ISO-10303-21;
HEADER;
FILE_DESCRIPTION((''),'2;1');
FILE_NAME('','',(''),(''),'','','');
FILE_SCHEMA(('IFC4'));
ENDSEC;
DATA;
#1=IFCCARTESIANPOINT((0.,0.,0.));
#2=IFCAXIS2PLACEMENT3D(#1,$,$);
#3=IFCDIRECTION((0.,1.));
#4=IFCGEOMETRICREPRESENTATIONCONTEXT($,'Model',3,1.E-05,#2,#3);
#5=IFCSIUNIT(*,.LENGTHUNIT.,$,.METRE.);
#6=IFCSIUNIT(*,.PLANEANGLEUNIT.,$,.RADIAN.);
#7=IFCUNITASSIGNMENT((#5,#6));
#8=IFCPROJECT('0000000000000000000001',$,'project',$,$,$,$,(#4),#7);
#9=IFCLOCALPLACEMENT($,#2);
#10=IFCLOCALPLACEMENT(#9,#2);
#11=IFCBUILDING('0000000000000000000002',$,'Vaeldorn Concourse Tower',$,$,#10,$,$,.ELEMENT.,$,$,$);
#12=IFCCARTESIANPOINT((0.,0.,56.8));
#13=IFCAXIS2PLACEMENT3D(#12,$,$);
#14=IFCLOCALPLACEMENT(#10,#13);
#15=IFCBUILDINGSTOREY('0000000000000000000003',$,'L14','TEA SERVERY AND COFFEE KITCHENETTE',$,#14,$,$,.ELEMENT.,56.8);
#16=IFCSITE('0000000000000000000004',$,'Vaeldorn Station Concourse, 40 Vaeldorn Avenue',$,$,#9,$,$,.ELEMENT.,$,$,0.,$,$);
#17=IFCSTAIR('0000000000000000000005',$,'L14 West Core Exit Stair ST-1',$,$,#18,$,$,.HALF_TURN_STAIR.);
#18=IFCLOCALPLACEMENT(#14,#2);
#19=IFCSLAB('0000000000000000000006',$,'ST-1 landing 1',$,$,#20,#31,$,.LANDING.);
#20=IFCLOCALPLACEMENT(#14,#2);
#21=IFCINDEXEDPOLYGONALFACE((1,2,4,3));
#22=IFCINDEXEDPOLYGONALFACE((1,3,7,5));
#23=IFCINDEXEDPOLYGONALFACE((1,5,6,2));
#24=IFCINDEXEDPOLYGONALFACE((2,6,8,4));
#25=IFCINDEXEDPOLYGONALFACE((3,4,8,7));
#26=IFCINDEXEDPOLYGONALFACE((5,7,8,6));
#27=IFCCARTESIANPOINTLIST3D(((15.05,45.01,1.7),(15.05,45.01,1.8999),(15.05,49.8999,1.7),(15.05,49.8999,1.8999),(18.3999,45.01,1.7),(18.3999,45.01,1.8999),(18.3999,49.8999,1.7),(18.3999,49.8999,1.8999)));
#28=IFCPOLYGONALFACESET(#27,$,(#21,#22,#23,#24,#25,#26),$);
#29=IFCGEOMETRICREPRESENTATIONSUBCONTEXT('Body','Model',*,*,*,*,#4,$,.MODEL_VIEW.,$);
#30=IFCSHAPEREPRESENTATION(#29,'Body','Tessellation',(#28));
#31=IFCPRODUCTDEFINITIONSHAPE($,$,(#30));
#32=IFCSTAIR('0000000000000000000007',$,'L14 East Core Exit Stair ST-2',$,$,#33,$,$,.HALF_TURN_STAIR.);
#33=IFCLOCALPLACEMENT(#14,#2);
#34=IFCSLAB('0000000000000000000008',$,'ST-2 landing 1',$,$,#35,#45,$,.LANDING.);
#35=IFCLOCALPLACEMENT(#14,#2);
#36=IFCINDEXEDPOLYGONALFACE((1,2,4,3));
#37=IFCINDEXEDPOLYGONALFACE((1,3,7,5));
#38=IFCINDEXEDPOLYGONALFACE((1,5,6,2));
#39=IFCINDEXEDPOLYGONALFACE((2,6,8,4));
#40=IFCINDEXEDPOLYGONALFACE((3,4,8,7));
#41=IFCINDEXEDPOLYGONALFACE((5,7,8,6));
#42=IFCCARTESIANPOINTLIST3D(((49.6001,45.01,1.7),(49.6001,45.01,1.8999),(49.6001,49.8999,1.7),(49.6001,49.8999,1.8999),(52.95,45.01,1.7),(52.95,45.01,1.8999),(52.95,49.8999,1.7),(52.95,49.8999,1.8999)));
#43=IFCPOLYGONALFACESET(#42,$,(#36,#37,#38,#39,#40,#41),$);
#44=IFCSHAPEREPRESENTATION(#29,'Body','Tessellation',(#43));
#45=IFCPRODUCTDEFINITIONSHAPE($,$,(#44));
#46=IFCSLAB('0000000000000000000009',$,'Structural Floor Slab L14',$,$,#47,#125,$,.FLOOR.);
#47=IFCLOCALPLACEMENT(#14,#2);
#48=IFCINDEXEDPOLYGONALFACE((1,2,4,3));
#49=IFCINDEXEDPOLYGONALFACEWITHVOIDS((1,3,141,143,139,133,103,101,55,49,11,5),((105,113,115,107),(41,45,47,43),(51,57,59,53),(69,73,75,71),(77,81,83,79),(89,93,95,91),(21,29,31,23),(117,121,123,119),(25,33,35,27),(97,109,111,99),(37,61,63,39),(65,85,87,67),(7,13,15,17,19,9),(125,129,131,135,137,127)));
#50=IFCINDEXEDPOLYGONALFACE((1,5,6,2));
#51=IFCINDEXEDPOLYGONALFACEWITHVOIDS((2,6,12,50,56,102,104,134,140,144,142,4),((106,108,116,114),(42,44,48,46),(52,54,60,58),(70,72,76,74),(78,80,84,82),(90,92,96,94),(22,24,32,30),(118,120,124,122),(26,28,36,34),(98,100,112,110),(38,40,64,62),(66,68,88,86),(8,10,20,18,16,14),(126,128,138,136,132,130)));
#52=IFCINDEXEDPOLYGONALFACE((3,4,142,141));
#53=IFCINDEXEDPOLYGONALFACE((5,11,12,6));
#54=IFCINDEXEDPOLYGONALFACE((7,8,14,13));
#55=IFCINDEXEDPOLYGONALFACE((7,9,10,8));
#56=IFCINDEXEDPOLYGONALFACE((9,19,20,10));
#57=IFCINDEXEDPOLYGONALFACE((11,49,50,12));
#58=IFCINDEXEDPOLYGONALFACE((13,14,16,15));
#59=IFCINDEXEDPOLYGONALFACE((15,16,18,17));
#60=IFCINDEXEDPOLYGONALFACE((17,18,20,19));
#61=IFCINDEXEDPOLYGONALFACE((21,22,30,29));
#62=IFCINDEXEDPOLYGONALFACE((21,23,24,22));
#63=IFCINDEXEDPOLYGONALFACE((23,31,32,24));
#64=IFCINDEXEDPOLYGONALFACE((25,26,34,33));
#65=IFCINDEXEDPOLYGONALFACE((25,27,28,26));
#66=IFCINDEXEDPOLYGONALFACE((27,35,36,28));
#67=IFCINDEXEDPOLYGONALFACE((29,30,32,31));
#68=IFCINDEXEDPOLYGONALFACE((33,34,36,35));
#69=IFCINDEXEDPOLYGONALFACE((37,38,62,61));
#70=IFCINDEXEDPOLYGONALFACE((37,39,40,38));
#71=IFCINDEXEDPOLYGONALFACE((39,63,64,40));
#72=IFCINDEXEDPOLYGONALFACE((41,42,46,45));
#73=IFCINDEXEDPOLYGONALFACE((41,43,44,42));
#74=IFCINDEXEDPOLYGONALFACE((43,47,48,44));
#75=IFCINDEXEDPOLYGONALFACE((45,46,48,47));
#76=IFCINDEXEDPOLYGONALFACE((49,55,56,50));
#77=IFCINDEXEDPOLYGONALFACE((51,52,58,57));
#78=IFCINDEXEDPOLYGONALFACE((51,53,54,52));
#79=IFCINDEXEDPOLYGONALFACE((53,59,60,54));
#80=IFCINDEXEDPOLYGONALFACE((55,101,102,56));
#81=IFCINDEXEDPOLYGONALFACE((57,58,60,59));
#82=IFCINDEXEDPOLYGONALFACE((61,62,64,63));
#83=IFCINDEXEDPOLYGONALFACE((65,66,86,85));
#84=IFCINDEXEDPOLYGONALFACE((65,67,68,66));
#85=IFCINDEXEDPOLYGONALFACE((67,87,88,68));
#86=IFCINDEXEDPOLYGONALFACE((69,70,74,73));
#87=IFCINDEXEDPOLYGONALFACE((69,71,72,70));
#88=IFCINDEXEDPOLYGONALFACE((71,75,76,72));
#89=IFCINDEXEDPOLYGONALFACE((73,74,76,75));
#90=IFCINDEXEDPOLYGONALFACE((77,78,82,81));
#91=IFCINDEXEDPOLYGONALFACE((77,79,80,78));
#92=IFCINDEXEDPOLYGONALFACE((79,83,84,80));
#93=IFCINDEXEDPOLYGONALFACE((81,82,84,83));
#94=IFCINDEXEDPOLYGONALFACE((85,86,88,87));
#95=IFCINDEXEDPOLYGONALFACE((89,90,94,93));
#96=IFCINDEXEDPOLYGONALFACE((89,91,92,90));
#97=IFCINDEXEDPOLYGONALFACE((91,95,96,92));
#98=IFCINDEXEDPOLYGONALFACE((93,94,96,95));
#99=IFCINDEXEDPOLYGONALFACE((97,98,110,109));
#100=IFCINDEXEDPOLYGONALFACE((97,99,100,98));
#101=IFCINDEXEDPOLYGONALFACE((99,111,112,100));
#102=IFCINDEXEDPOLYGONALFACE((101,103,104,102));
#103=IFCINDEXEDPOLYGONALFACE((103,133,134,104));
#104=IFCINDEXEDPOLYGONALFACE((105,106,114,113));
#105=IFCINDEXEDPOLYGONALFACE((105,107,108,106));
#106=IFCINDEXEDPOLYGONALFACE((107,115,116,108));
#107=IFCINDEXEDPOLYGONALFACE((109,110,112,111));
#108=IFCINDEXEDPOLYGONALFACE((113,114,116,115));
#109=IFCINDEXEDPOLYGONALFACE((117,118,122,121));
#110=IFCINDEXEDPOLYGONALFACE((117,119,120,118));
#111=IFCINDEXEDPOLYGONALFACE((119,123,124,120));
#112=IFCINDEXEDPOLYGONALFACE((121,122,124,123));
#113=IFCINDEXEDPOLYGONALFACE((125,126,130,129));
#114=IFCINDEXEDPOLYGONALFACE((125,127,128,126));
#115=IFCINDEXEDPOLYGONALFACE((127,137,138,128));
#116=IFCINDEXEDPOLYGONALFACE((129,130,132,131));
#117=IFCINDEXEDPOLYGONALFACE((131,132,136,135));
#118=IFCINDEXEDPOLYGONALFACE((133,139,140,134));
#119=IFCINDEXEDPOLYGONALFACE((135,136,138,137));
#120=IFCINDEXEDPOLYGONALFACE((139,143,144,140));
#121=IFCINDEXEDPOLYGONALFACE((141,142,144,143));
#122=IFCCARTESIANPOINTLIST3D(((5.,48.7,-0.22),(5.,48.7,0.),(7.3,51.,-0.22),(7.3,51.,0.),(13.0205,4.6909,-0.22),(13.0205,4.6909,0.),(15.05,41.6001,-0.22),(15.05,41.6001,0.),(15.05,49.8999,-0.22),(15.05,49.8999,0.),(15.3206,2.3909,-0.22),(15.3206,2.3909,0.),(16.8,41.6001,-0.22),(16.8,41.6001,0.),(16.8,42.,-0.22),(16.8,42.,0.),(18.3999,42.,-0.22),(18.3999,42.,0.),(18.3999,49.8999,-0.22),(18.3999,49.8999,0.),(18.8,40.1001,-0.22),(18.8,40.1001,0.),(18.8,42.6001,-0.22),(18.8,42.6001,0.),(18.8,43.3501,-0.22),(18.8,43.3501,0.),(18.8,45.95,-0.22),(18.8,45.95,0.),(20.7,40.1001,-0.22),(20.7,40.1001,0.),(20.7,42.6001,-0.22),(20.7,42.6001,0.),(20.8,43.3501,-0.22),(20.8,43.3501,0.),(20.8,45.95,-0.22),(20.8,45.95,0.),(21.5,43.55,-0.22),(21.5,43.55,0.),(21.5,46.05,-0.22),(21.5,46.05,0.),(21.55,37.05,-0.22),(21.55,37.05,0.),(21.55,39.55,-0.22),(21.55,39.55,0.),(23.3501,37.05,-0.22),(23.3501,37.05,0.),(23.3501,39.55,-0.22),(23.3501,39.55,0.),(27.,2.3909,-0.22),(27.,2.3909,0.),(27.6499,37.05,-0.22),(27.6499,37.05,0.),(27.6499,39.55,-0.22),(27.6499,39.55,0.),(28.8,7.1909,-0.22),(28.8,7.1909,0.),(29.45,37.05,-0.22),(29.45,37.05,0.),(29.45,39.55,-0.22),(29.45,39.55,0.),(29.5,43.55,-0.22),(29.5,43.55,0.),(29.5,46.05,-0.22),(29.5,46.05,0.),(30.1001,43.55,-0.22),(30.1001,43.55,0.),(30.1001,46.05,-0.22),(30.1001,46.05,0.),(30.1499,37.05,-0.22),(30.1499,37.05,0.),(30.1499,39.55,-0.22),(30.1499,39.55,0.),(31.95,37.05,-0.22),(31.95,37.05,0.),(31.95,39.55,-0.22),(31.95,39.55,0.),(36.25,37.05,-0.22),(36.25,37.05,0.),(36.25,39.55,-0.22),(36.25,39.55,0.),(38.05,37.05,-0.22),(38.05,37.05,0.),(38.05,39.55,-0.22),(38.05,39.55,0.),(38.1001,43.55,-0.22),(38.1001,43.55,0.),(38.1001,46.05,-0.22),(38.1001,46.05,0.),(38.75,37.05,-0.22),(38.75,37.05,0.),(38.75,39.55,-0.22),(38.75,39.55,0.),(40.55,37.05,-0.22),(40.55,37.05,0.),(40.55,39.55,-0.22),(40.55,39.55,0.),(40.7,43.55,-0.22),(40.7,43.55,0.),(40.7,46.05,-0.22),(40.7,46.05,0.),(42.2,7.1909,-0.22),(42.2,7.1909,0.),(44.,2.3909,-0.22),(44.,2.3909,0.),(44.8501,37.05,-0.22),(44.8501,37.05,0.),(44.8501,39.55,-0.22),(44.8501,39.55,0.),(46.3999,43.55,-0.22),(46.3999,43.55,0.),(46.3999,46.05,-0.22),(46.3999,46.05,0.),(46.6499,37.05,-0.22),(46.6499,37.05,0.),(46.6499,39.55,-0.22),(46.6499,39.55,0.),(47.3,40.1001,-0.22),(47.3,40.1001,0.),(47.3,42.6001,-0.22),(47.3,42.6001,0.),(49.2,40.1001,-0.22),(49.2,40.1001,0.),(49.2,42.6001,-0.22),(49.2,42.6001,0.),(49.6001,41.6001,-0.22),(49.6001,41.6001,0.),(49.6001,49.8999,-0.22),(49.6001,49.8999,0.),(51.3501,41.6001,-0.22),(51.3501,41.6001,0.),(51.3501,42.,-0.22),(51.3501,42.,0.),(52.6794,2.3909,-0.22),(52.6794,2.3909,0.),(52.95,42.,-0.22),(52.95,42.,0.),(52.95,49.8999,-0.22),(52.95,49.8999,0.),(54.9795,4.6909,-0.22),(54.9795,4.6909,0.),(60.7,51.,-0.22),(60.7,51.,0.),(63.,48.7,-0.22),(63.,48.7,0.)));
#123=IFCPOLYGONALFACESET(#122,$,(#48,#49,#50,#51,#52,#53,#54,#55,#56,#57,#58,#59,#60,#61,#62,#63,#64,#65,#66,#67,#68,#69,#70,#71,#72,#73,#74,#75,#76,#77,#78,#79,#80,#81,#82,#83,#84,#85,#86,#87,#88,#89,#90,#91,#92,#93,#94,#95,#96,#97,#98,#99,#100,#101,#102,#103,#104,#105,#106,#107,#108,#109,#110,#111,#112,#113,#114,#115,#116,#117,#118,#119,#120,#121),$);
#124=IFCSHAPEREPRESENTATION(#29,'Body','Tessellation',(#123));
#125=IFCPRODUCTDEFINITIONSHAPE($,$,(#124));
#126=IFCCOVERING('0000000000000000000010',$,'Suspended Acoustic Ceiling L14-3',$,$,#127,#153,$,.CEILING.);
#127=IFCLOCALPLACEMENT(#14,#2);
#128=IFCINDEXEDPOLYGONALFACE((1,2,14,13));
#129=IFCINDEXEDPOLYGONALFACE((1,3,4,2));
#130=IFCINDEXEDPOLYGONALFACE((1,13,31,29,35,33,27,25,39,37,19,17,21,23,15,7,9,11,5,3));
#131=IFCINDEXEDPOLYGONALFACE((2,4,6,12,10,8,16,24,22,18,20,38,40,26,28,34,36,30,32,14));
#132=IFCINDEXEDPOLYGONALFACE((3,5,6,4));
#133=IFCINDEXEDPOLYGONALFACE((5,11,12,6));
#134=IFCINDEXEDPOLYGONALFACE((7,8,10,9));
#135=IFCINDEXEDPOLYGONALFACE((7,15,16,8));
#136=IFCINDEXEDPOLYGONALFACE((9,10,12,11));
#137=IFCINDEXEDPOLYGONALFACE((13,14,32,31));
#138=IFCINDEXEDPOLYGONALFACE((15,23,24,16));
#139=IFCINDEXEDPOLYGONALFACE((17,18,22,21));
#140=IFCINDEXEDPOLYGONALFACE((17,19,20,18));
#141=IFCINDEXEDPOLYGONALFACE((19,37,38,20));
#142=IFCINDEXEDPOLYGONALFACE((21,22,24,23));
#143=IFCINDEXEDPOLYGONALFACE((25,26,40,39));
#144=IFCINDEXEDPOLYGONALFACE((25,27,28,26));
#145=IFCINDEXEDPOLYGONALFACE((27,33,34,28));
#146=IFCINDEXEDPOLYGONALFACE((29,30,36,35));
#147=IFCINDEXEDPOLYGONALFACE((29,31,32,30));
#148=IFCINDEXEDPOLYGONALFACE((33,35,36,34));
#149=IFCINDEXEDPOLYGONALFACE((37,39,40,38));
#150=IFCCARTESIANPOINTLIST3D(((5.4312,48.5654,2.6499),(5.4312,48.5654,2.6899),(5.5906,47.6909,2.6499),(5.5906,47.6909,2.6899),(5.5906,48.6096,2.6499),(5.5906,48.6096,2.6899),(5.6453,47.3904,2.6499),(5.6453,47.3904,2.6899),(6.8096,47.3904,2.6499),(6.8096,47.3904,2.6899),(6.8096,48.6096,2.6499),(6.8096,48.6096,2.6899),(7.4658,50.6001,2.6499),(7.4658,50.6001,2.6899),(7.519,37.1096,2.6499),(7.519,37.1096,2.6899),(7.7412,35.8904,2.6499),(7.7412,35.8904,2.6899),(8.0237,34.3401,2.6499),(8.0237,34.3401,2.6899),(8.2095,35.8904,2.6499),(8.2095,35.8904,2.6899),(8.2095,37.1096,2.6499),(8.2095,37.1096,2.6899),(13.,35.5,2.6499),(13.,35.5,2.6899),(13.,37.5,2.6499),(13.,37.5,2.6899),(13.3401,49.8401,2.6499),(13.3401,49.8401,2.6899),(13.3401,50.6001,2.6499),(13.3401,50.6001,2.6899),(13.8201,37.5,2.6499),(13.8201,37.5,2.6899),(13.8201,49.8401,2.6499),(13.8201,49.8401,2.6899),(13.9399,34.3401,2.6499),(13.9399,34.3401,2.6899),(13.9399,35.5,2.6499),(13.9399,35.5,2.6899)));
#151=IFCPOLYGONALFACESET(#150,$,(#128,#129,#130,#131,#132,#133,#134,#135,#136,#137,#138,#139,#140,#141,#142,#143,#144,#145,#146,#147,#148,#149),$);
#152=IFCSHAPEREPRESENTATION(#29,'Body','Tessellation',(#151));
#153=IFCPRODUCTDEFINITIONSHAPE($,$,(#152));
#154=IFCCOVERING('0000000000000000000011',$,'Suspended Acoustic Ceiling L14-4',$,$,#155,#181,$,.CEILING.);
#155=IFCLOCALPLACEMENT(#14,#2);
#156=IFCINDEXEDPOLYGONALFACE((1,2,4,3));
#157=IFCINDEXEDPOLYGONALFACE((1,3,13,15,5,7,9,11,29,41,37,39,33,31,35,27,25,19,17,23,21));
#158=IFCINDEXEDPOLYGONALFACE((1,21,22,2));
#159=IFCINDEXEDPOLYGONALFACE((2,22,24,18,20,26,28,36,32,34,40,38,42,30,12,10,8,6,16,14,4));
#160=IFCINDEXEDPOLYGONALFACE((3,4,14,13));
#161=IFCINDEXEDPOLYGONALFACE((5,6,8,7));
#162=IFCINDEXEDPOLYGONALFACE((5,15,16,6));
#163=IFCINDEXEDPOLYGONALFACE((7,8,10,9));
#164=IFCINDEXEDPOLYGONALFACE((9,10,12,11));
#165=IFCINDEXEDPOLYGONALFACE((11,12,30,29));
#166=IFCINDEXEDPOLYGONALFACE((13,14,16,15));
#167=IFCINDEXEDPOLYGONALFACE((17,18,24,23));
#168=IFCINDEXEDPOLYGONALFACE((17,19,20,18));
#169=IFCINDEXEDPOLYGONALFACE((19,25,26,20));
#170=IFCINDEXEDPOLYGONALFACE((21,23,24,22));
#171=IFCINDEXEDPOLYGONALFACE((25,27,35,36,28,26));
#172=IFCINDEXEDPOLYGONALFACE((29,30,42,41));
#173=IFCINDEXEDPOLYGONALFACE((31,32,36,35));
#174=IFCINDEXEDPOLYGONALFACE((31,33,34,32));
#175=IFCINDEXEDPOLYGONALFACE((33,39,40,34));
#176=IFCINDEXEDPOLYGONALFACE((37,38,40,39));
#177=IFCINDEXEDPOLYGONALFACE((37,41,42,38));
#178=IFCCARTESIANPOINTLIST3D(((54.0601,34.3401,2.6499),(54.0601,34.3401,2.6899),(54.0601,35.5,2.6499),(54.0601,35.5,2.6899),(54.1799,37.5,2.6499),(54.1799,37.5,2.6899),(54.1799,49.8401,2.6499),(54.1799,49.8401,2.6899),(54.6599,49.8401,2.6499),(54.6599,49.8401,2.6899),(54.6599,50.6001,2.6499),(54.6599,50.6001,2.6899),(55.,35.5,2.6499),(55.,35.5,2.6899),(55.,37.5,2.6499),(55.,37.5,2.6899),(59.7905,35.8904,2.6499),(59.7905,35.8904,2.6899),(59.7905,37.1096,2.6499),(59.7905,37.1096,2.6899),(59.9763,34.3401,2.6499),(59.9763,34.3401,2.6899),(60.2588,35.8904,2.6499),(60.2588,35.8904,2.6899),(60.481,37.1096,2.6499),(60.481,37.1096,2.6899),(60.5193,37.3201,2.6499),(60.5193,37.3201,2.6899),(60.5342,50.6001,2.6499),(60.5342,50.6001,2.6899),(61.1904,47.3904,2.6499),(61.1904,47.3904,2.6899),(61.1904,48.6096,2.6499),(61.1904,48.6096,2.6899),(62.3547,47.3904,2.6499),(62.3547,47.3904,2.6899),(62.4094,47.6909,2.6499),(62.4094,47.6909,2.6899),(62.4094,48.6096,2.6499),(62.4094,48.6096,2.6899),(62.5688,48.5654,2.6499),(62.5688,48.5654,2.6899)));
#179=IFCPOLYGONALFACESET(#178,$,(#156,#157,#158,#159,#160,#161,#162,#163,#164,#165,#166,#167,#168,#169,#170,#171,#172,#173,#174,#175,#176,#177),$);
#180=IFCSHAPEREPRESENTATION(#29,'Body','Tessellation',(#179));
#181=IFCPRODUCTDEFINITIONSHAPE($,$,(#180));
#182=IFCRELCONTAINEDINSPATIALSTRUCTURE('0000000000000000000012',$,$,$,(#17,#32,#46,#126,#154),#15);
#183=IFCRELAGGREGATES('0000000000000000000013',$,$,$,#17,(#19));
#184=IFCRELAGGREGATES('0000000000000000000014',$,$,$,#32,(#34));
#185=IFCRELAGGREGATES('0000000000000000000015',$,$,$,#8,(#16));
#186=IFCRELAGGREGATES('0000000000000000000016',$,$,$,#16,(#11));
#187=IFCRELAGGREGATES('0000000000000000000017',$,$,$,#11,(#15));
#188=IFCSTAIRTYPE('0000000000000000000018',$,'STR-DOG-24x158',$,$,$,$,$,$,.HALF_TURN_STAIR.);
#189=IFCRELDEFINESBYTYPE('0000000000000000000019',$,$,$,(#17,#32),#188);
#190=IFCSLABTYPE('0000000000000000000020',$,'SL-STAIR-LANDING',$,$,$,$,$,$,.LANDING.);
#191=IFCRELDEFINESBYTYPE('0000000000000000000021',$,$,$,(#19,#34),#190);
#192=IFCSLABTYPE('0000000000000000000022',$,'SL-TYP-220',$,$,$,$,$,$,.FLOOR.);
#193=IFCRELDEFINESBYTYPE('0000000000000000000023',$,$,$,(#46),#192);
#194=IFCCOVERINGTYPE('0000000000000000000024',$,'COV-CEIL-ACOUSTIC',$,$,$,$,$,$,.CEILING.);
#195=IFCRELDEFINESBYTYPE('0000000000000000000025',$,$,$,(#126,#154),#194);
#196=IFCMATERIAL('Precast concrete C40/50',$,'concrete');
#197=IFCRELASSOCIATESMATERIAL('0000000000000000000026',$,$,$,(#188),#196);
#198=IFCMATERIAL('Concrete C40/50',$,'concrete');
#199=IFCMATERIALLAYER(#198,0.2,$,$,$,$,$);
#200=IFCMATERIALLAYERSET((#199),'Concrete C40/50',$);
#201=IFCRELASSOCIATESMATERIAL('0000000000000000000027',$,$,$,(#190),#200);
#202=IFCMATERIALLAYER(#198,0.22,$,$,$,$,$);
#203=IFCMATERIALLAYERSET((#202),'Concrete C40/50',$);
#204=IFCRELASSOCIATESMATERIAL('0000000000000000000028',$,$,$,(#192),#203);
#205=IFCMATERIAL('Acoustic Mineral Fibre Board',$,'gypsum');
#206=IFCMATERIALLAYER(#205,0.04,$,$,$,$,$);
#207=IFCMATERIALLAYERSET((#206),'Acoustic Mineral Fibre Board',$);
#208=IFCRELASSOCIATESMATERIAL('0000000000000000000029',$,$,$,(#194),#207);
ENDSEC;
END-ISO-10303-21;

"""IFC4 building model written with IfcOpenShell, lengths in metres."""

from ifc_helpers import new_model, si_unit, direction, frame, origin, place, context, subcontext, project, spatial, polyline, outline, extrude, material, layer, layer_set, type_object, element, aggregate, save


model = new_model("IFC4")

# Units and contexts
model_context = context("Model", 3, precision=1e-05, world=origin(), true_north=direction((0.0, 1.0)))
body_context = subcontext(model_context, "Body", "Model", "MODEL_VIEW")
ifc_project = project(units=[si_unit("LENGTHUNIT", "METRE"), si_unit("PLANEANGLEUNIT", "RADIAN")], contexts=[model_context])

# Site, building, storey
site_placement = place(None, origin())
site = spatial("IfcSite", under=ifc_project, at=site_placement, Name="Vaeldorn Station Concourse, 40 Vaeldorn Avenue", CompositionType="ELEMENT", RefElevation=0.0)
building_placement = place(site_placement, origin())
building = spatial("IfcBuilding", under=site, at=building_placement, Name="Vaeldorn Concourse Tower", CompositionType="ELEMENT")
storey_placement = place(building_placement, frame((0.0, 0.0, 56.8)))
storey = spatial("IfcBuildingStorey", under=building, at=storey_placement, Name="L14", Description="TEA SERVERY AND COFFEE KITCHENETTE", CompositionType="ELEMENT", Elevation=56.8)

# Stairs, slabs
ifc_material_1 = material(Name="Precast concrete C40/50", Category="concrete")
stair_type = type_object("IfcStairType", Name="STR-DOG-24x158", PredefinedType="HALF_TURN_STAIR", material=ifc_material_1)
stair_1_placement = place(storey_placement, origin())
stair_1 = element("IfcStair", 1, at=stair_1_placement, inside=storey, type_object=stair_type, Name="L14 West Core Exit Stair ST-1", PredefinedType="HALF_TURN_STAIR")
ifc_material_2 = material(Name="Concrete C40/50", Category="concrete")
ifc_layer_1 = layer(ifc_material_2, 0.2)
ifc_layer_set_1 = layer_set([ifc_layer_1], Name="Concrete C40/50")
slab_type_1 = type_object("IfcSlabType", Name="SL-STAIR-LANDING", PredefinedType="LANDING", material=ifc_layer_set_1)
slab_1_placement = place(storey_placement, frame((0.0, 0.0, 1.7)))
slab_1 = element("IfcSlab", 2, at=slab_1_placement, type_object=slab_type_1, Name="ST-1 landing 1", PredefinedType="LANDING", context=body_context, shape_type="SweptSolid", body=[
    extrude(outline(polyline([(18.3999, 45.01), (18.3999, 49.8999), (15.05, 49.8999), (15.05, 45.01), (18.3999, 45.01)])), origin(), (0.0, 0.0, 1.0), 0.2),
])
aggregate(stair_1, [slab_1])
stair_2_placement = place(storey_placement, origin())
stair_2 = element("IfcStair", 3, at=stair_2_placement, inside=storey, type_object=stair_type, Name="L14 East Core Exit Stair ST-2", PredefinedType="HALF_TURN_STAIR")
slab_2_placement = place(storey_placement, frame((0.0, 0.0, 1.7)))
slab_2 = element("IfcSlab", 4, at=slab_2_placement, type_object=slab_type_1, Name="ST-2 landing 1", PredefinedType="LANDING", context=body_context, shape_type="SweptSolid", body=[
    extrude(outline(polyline([(52.95, 45.01), (52.95, 49.8999), (49.6001, 49.8999), (49.6001, 45.01), (52.95, 45.01)])), origin(), (0.0, 0.0, 1.0), 0.2),
])
aggregate(stair_2, [slab_2])

# Slab
ifc_layer_2 = layer(ifc_material_2, 0.22)
ifc_layer_set_2 = layer_set([ifc_layer_2], Name="Concrete C40/50")
slab_type_2 = type_object("IfcSlabType", Name="SL-TYP-220", PredefinedType="FLOOR", material=ifc_layer_set_2)
slab_3_placement = place(storey_placement, frame((0.0, 0.0, -0.22)))
element("IfcSlab", 5, at=slab_3_placement, inside=storey, type_object=slab_type_2, Name="Structural Floor Slab L14", PredefinedType="FLOOR", context=body_context, shape_type="SweptSolid", body=[
    extrude(outline(polyline([(15.3206, 2.3909), (27.0, 2.3909), (28.8, 7.1909), (42.2, 7.1909), (44.0, 2.3909), (52.6794, 2.3909), (54.9795, 4.6909), (63.0, 48.7), (60.7, 51.0), (7.3, 51.0), (5.0, 48.7), (13.0205, 4.6909), (15.3206, 2.3909)]), holes=[polyline([(18.3999, 42.0), (18.3999, 49.8999), (15.05, 49.8999), (15.05, 41.6001), (16.8, 41.6001), (16.8, 42.0), (18.3999, 42.0)]), polyline([(52.95, 42.0), (52.95, 49.8999), (49.6001, 49.8999), (49.6001, 41.6001), (51.3501, 41.6001), (51.3501, 42.0), (52.95, 42.0)]), polyline([(21.55, 37.05), (23.3501, 37.05), (23.3501, 39.55), (21.55, 39.55), (21.55, 37.05)]), polyline([(27.6499, 37.05), (29.45, 37.05), (29.45, 39.55), (27.6499, 39.55), (27.6499, 37.05)]), polyline([(21.5, 43.55), (29.5, 43.55), (29.5, 46.05), (21.5, 46.05), (21.5, 43.55)]), polyline([(30.1499, 37.05), (31.95, 37.05), (31.95, 39.55), (30.1499, 39.55), (30.1499, 37.05)]), polyline([(36.25, 37.05), (38.05, 37.05), (38.05, 39.55), (36.25, 39.55), (36.25, 37.05)]), polyline([(30.1001, 43.55), (38.1001, 43.55), (38.1001, 46.05), (30.1001, 46.05), (30.1001, 43.55)]), polyline([(38.75, 37.05), (40.55, 37.05), (40.55, 39.55), (38.75, 39.55), (38.75, 37.05)]), polyline([(44.8501, 37.05), (46.6499, 37.05), (46.6499, 39.55), (44.8501, 39.55), (44.8501, 37.05)]), polyline([(40.7, 43.55), (46.3999, 43.55), (46.3999, 46.05), (40.7, 46.05), (40.7, 43.55)]), polyline([(18.8, 43.3501), (20.8, 43.3501), (20.8, 45.95), (18.8, 45.95), (18.8, 43.3501)]), polyline([(18.8, 40.1001), (20.7, 40.1001), (20.7, 42.6001), (18.8, 42.6001), (18.8, 40.1001)]), polyline([(47.3, 40.1001), (49.2, 40.1001), (49.2, 42.6001), (47.3, 42.6001), (47.3, 40.1001)])]), origin(), (0.0, 0.0, 1.0), 0.22),
])

# Coverings
ifc_material_3 = material(Name="Acoustic Mineral Fibre Board", Category="gypsum")
ifc_layer_3 = layer(ifc_material_3, 0.04)
ifc_layer_set_3 = layer_set([ifc_layer_3], Name="Acoustic Mineral Fibre Board")
covering_type_1 = type_object("IfcCoveringType", Name="COV-CEIL-ACOUSTIC", PredefinedType="CEILING", material=ifc_layer_set_3)
covering_1_placement = place(storey_placement, frame((0.0, 0.0, 2.6499)))
element("IfcCovering", 6, at=covering_1_placement, inside=storey, type_object=covering_type_1, Name="Suspended Acoustic Ceiling L14-3", PredefinedType="CEILING", context=body_context, shape_type="SweptSolid", body=[
    extrude(outline(polyline([(7.4658, 50.6001), (13.3401, 50.6001), (13.3401, 49.8401), (13.8201, 49.8401), (13.8201, 37.5), (13.0, 37.5), (13.0, 35.5), (13.9399, 35.5), (13.9399, 34.3401), (8.0237, 34.3401), (7.7412, 35.8904), (8.2095, 35.8904), (8.2095, 37.1096), (7.519, 37.1096), (5.6453, 47.3904), (6.8096, 47.3904), (6.8096, 48.6096), (5.5906, 48.6096), (5.5906, 47.6909), (5.4312, 48.5654), (7.4658, 50.6001)])), origin(), (0.0, 0.0, 1.0), 0.04),
])
covering_2_placement = place(storey_placement, frame((0.0, 0.0, 2.6499)))
element("IfcCovering", 7, at=covering_2_placement, inside=storey, type_object=covering_type_1, Name="Suspended Acoustic Ceiling L14-4", PredefinedType="CEILING", context=body_context, shape_type="SweptSolid", body=[
    extrude(outline(polyline([(54.1799, 49.8401), (54.6599, 49.8401), (54.6599, 50.6001), (60.5342, 50.6001), (62.5688, 48.5654), (62.4094, 47.6909), (62.4094, 48.6096), (61.1904, 48.6096), (61.1904, 47.3904), (62.3547, 47.3904), (60.5193, 37.3201), (60.5193, 37.3201), (60.481, 37.1096), (59.7905, 37.1096), (59.7905, 35.8904), (60.2588, 35.8904), (59.9763, 34.3401), (54.0601, 34.3401), (54.0601, 35.5), (55.0, 35.5), (55.0, 37.5), (54.1799, 37.5), (54.1799, 49.8401)])), origin(), (0.0, 0.0, 1.0), 0.04),
])

save(model, "model.ifc")
